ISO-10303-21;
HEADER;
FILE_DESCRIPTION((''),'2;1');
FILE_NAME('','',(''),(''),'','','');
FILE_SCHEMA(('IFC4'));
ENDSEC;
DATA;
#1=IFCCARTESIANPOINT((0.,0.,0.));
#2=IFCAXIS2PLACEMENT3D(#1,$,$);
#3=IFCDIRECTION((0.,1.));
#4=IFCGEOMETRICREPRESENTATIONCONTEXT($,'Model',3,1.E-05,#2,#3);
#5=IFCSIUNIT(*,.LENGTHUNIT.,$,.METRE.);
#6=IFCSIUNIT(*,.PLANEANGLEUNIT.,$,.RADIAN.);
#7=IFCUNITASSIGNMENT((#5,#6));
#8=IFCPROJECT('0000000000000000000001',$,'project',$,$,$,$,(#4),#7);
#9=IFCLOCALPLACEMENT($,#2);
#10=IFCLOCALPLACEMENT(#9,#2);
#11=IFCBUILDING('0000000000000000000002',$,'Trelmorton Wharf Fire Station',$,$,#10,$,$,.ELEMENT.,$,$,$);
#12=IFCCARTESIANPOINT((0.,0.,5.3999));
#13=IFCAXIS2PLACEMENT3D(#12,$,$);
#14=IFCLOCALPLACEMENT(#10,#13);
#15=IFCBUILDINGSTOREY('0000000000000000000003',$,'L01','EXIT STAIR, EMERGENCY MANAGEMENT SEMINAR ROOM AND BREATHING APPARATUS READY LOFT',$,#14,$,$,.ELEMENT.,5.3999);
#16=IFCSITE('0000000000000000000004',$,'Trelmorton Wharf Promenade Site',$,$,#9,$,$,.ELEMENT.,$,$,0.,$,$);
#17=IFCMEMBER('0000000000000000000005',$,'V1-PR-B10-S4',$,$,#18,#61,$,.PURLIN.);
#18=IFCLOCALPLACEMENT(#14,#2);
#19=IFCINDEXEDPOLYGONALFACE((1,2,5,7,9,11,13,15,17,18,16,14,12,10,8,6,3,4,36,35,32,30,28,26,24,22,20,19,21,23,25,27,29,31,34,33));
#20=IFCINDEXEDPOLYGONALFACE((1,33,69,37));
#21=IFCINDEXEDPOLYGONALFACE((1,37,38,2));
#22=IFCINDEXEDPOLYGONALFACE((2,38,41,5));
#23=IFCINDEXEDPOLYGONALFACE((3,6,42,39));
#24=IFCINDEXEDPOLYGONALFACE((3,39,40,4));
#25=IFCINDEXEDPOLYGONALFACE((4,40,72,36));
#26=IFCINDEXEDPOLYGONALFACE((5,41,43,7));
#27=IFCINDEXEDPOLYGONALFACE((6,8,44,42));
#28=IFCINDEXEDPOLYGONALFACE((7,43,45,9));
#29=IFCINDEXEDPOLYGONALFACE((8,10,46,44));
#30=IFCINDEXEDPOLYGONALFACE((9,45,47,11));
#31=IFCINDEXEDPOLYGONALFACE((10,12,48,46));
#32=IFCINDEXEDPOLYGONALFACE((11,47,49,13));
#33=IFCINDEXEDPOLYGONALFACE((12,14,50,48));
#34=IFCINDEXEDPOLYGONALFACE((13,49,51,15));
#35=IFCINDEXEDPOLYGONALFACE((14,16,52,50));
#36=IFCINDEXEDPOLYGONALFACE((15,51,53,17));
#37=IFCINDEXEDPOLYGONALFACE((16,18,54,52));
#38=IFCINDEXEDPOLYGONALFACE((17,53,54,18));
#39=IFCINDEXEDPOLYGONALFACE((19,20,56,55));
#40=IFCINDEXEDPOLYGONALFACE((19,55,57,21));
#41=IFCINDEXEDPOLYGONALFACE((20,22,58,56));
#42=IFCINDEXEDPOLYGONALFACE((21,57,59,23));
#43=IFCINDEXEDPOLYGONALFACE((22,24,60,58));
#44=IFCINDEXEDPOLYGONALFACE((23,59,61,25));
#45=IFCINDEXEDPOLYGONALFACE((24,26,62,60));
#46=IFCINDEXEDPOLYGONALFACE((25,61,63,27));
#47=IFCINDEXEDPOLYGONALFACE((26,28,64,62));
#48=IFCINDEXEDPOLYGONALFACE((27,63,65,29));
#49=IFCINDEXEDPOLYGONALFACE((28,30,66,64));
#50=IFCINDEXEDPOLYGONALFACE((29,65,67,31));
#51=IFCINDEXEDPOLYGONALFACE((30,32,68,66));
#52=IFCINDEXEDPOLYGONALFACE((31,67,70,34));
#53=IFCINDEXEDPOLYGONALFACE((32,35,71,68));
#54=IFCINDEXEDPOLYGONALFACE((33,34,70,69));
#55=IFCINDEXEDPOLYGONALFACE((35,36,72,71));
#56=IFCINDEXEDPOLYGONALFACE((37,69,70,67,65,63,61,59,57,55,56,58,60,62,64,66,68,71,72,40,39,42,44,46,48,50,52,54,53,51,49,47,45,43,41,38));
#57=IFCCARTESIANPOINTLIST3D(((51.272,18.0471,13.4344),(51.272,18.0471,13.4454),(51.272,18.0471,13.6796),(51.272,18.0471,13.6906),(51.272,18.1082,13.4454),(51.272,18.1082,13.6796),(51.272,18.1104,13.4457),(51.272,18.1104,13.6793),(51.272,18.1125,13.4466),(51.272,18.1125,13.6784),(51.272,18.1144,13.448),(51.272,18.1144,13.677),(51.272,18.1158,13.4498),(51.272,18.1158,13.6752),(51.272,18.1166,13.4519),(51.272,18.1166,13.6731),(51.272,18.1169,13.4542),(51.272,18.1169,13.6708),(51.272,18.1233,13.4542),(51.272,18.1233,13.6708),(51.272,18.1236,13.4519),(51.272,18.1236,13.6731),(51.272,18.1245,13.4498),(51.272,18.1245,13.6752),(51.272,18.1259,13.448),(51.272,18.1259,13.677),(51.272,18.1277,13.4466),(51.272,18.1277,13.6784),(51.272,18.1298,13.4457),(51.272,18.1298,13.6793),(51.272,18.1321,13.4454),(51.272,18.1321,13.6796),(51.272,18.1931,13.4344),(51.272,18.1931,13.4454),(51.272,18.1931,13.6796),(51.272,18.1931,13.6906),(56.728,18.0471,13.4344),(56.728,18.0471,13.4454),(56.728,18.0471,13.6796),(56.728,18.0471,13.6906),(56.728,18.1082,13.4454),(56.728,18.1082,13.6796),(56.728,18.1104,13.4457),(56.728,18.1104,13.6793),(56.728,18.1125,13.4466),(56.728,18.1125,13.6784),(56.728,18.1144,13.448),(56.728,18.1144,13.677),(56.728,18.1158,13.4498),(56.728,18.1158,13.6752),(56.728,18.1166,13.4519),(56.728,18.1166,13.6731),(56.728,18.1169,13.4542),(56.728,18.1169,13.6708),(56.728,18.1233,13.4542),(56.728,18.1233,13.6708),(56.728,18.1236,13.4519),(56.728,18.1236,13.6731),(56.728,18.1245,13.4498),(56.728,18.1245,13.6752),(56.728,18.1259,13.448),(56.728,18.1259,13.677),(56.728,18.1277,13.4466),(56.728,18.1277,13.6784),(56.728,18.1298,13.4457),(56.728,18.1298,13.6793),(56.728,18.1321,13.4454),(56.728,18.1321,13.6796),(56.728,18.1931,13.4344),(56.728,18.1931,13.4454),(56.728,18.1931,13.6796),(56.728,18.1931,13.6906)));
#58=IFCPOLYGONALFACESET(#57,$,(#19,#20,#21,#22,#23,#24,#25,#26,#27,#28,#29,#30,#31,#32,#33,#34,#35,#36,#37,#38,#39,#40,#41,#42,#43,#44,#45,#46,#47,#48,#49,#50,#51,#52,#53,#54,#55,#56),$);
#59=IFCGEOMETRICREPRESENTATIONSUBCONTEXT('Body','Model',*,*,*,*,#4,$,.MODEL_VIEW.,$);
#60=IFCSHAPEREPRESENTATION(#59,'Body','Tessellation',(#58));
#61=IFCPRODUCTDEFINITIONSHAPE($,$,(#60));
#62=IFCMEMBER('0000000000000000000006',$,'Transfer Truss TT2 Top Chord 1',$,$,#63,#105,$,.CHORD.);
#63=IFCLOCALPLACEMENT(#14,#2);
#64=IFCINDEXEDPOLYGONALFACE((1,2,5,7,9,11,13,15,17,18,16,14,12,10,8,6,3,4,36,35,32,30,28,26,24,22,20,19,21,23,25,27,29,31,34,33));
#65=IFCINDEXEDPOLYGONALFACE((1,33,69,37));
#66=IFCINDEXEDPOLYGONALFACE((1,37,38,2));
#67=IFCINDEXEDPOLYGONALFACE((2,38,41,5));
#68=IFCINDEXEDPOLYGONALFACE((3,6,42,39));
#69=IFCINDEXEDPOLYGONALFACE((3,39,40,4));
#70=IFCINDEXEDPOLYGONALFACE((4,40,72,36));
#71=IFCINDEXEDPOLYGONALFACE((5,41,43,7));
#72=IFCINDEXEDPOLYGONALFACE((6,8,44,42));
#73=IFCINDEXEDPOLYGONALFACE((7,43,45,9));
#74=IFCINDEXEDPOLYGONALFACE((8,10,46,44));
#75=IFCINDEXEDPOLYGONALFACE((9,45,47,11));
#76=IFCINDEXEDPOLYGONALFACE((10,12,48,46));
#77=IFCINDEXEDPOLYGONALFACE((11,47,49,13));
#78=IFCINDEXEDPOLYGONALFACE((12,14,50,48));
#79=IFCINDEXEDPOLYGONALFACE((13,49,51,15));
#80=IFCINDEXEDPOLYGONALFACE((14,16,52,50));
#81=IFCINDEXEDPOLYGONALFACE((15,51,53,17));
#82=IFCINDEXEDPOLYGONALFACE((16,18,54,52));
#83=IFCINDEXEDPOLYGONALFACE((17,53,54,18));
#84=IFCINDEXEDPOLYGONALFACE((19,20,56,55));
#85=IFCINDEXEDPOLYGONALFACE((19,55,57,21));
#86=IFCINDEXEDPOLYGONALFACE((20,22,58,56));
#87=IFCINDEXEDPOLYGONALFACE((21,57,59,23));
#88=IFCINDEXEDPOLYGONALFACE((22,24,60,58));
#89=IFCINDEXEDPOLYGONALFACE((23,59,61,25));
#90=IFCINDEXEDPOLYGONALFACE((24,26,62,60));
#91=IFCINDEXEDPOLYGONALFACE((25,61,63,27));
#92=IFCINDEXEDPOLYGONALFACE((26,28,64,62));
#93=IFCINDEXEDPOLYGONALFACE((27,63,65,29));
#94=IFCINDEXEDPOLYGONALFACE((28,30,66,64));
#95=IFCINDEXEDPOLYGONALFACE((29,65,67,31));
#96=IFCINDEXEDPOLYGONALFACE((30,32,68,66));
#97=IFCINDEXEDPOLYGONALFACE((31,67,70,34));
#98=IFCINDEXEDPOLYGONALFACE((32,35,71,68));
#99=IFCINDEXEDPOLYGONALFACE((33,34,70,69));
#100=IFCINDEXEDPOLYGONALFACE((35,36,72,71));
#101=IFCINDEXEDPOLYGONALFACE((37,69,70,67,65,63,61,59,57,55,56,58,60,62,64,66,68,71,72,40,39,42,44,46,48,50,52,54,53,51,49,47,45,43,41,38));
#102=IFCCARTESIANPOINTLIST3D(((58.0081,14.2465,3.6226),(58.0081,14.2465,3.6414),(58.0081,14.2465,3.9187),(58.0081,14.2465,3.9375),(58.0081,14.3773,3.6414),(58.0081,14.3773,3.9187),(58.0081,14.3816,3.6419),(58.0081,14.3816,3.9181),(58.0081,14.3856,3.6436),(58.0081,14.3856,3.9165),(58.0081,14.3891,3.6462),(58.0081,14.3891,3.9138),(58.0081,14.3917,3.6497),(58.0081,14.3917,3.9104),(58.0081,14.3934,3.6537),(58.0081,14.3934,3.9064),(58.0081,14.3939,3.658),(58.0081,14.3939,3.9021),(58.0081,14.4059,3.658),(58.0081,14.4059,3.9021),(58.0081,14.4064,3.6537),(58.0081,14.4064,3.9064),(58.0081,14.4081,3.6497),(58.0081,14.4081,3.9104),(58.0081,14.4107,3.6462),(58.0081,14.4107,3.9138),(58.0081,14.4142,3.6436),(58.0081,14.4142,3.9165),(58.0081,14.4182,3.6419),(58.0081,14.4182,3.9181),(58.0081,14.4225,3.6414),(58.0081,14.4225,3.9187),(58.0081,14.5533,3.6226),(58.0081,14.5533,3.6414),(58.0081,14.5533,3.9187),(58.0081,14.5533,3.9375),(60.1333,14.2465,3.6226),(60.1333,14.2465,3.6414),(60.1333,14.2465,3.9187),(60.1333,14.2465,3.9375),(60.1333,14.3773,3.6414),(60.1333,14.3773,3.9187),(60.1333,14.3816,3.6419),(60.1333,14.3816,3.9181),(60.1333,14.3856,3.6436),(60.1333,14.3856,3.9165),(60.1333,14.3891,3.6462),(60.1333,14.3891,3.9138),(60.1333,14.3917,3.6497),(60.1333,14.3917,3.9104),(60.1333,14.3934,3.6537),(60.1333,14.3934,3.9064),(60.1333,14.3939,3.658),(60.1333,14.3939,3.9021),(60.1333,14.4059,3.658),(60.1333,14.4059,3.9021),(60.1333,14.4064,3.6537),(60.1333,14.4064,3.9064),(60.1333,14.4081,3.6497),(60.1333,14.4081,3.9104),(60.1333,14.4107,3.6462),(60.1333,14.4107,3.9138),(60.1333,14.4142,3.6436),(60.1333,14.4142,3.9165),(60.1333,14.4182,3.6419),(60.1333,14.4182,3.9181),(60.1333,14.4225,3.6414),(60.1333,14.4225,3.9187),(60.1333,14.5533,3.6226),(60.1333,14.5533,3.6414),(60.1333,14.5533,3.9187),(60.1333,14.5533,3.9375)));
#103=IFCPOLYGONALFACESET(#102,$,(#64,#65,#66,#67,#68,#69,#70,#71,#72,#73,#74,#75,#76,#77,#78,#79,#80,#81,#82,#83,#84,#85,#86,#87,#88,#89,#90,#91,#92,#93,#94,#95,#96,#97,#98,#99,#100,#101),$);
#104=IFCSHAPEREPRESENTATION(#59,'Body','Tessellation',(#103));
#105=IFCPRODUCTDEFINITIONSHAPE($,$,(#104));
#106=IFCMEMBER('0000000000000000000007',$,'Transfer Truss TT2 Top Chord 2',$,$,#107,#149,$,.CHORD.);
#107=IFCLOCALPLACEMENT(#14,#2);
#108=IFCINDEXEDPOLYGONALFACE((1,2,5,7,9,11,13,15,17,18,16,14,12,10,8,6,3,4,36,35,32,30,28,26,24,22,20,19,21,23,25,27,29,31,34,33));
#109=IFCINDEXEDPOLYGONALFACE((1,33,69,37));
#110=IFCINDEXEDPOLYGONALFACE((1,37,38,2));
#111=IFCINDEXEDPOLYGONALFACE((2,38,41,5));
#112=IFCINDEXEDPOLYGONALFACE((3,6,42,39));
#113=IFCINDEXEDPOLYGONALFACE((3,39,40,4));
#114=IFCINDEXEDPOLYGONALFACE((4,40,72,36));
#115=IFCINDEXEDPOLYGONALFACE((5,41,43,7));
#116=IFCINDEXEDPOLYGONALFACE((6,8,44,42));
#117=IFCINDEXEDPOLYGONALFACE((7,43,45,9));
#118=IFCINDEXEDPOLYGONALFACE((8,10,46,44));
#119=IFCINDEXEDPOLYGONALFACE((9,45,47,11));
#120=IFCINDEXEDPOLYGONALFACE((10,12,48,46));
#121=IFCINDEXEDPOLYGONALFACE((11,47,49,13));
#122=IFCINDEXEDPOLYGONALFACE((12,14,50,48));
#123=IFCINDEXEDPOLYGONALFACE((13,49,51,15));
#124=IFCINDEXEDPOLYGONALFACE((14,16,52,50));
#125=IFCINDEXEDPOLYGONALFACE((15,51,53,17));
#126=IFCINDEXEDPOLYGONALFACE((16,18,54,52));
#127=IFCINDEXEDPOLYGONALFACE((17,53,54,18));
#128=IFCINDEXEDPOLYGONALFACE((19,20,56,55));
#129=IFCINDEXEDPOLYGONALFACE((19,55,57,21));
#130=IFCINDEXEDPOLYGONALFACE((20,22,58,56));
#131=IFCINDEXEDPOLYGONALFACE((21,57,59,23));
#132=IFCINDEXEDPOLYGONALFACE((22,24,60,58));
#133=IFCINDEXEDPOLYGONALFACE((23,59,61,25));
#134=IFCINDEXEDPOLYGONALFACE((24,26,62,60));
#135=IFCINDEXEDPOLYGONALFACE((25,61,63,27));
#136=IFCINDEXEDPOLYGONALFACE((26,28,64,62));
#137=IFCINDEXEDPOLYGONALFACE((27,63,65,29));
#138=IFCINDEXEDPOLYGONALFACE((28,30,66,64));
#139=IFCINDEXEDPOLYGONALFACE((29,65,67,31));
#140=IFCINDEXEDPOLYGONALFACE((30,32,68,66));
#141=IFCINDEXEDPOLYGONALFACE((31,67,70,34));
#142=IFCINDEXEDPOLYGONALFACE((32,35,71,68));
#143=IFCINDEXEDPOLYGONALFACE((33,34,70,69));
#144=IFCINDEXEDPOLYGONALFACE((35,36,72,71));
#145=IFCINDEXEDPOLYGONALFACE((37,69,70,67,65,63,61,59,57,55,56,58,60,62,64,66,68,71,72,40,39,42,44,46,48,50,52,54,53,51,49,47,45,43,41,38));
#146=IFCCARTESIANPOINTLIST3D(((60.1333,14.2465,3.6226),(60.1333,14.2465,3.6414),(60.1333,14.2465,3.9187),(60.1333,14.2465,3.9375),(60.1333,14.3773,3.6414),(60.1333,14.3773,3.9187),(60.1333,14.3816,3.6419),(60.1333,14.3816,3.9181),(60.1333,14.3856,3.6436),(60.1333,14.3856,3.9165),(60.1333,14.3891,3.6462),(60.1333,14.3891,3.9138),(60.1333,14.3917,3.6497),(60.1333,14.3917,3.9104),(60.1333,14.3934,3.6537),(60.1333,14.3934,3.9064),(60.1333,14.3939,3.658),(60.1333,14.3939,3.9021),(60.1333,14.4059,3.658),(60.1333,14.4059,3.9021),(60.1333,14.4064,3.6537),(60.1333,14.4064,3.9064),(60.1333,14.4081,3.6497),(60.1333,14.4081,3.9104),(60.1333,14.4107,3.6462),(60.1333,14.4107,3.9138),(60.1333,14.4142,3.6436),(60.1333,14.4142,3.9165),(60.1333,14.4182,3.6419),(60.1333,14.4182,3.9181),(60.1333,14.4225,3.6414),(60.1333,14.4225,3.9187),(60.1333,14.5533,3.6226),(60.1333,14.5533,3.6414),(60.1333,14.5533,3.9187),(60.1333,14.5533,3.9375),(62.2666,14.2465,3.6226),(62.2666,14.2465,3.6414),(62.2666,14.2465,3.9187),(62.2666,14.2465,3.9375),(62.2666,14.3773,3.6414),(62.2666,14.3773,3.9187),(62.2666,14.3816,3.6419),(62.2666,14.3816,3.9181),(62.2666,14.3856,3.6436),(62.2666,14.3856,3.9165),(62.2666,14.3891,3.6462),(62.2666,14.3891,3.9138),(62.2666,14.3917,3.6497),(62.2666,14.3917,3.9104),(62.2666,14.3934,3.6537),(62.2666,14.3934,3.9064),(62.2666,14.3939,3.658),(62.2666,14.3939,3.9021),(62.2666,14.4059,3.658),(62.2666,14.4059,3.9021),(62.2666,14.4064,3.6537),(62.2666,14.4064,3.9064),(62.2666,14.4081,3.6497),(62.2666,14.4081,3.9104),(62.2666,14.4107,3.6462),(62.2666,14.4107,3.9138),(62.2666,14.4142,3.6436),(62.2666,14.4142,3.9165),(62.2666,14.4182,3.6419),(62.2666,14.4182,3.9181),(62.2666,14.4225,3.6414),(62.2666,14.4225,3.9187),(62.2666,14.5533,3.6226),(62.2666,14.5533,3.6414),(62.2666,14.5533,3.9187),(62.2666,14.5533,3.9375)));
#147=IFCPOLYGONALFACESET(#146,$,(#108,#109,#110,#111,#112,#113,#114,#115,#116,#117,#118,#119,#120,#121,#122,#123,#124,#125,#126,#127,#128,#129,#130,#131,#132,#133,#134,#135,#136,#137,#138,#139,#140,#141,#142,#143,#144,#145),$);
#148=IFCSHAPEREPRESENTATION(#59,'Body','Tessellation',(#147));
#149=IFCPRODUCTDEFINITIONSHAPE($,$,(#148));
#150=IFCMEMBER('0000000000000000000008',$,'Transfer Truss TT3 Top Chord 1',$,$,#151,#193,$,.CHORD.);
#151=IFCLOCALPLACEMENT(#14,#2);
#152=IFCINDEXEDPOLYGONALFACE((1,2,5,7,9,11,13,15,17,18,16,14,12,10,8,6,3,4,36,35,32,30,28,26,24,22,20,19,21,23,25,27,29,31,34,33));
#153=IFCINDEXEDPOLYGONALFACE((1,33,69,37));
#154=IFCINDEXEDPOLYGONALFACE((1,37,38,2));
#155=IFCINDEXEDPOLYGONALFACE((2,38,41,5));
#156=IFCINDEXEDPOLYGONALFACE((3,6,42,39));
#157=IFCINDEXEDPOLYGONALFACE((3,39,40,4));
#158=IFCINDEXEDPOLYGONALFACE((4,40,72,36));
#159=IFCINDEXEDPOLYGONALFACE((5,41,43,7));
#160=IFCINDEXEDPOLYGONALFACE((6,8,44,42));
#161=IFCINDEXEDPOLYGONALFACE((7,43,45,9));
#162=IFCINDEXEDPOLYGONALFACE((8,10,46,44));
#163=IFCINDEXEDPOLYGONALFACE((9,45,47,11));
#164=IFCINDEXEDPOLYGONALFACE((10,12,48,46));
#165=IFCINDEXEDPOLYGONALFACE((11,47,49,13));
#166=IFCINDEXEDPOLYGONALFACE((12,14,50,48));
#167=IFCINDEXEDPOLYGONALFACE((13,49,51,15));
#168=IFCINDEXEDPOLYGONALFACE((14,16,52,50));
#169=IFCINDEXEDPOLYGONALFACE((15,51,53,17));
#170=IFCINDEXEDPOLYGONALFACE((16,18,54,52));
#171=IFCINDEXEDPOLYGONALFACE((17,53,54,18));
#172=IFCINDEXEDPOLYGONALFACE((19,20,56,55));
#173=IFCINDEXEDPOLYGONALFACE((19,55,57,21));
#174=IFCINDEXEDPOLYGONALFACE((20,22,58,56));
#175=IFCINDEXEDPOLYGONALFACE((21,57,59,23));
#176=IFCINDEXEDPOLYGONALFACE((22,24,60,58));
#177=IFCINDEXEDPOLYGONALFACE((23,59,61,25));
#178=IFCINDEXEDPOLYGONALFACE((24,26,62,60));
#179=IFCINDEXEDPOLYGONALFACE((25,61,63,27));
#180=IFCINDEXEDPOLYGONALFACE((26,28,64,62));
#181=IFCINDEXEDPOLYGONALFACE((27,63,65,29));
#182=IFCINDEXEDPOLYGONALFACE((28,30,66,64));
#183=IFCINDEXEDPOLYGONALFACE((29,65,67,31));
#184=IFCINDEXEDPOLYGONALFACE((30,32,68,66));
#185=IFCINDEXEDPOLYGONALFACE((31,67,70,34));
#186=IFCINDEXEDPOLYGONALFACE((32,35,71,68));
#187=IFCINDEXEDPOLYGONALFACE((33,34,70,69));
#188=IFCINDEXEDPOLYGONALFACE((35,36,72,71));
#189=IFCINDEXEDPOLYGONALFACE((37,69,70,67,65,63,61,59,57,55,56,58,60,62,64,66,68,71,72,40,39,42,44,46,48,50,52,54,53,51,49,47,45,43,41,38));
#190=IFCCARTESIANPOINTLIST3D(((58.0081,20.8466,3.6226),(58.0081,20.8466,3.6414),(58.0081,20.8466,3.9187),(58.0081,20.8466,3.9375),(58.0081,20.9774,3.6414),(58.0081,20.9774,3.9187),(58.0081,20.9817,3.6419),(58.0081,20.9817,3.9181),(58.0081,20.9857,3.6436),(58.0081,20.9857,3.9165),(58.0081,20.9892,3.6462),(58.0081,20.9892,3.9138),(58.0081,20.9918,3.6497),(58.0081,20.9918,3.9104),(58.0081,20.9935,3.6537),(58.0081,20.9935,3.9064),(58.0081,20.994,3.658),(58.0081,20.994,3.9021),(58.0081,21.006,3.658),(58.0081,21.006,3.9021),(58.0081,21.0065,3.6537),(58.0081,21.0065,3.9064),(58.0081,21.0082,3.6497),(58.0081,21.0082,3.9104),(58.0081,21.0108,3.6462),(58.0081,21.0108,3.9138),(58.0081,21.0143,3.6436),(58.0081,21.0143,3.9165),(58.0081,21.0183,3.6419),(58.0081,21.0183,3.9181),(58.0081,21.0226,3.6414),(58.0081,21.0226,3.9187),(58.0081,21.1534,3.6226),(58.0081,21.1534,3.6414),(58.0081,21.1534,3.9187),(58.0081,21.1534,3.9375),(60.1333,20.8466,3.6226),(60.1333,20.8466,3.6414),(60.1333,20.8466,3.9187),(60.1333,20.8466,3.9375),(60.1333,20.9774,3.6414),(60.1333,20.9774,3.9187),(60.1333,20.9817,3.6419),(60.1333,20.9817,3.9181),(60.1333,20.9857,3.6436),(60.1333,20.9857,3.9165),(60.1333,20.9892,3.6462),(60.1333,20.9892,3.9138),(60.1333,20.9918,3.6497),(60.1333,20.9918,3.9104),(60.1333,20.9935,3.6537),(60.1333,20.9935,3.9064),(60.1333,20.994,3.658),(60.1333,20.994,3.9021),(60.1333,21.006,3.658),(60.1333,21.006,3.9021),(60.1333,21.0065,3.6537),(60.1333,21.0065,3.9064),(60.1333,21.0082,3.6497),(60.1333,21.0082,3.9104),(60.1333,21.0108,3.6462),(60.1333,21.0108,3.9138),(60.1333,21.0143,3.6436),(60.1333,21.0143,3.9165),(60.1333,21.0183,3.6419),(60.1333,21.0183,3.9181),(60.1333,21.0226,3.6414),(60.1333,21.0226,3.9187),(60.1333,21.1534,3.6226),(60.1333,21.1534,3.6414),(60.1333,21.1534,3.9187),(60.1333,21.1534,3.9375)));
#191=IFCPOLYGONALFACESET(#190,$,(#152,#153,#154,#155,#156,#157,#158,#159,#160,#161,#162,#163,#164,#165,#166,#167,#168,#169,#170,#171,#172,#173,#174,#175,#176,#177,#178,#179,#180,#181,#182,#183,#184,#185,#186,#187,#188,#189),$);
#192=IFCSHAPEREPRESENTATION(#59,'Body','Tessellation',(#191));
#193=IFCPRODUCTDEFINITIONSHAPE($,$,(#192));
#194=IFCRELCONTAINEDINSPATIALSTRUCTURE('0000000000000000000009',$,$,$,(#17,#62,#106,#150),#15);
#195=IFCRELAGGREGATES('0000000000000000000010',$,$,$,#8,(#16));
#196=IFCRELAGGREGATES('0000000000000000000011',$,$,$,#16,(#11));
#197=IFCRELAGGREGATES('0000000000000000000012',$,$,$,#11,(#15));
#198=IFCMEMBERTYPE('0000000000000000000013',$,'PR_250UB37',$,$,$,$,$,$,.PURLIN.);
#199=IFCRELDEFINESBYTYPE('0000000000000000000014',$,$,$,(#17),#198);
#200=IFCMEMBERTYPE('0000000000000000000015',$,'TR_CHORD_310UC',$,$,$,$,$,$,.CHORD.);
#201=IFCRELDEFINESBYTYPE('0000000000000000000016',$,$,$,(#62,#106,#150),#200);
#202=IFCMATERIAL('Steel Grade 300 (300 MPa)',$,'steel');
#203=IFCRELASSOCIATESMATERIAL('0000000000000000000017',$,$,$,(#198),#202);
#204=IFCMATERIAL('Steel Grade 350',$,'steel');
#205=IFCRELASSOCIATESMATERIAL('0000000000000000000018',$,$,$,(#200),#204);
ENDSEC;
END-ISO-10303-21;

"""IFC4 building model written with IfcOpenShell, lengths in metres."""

from ifc_helpers import new_model, si_unit, direction, frame, origin, origin_2d, place, context, subcontext, project, spatial, i_section, extrude, material, material_profile, profile_set, type_object, element, save


model = new_model("IFC4")

# Units and contexts
model_context = context("Model", 3, precision=1e-05, world=origin(), true_north=direction((0.0, 1.0)))
body_context = subcontext(model_context, "Body", "Model", "MODEL_VIEW")
ifc_project = project(units=[si_unit("LENGTHUNIT", "METRE"), si_unit("PLANEANGLEUNIT", "RADIAN")], contexts=[model_context])

# Site, building, storey
site_placement = place(None, origin())
site = spatial("IfcSite", under=ifc_project, at=site_placement, Name="Trelmorton Wharf Promenade Site", CompositionType="ELEMENT", RefElevation=0.0)
building_placement = place(site_placement, origin())
building = spatial("IfcBuilding", under=site, at=building_placement, Name="Trelmorton Wharf Fire Station", CompositionType="ELEMENT")
storey_placement = place(building_placement, frame((0.0, 0.0, 5.3999)))
storey = spatial("IfcBuildingStorey", under=building, at=storey_placement, Name="L01", Description="EXIT STAIR, EMERGENCY MANAGEMENT SEMINAR ROOM AND BREATHING APPARATUS READY LOFT", CompositionType="ELEMENT", Elevation=5.3999)

# Shared definitions
ifc_material_1 = material(Name="Steel Grade 350", Category="steel")

# Members
ifc_material_2 = material(Name="Steel Grade 300 (300 MPa)", Category="steel")
ifc_material_profile_1 = material_profile(ifc_material_2, i_section(OverallWidth=0.146, OverallDepth=0.2561, WebThickness=0.0063, FlangeThickness=0.011, FilletRadius=0.0088, at=origin_2d()), Name="250UB37.3")
ifc_profile_set_1 = profile_set([ifc_material_profile_1], Name="Steel Grade 300 (300 MPa)")
member_type_1 = type_object("IfcMemberType", Name="PR_250UB37", PredefinedType="PURLIN", material=ifc_profile_set_1)
for number, where, z_axis, x_axis, name in (
    (1, (51.272, 18.1201, 13.5625), (1.0, 0.0, 0.0), (0.0, 1.0, 0.0), "V1-PR-B10-S4"),
):
    element("IfcMember", number, at=place(storey_placement, frame(where, z_axis=z_axis, x_axis=x_axis)), inside=storey, type_object=member_type_1, Name=name, PredefinedType="PURLIN", context=body_context, shape_type="SweptSolid", body=[
        extrude(i_section(OverallWidth=0.146, OverallDepth=0.2561, WebThickness=0.0063, FlangeThickness=0.011, FilletRadius=0.0088, at=origin_2d()), origin(), (0.0, 0.0, 1.0), 5.4561),
    ])
ifc_material_profile_2 = material_profile(ifc_material_1, i_section(OverallWidth=0.3069, OverallDepth=0.3149, WebThickness=0.012, FlangeThickness=0.0188, FilletRadius=0.0166, at=origin_2d()), Name="310UC118")
ifc_profile_set_2 = profile_set([ifc_material_profile_2], Name="Steel Grade 350")
member_type_2 = type_object("IfcMemberType", Name="TR_CHORD_310UC", PredefinedType="CHORD", material=ifc_profile_set_2)
member_1_placement = place(storey_placement, frame((58.0081, 14.3999, 3.78), z_axis=(1.0, 0.0, 0.0), x_axis=(0.0, 1.0, 0.0)))
element("IfcMember", 2, at=member_1_placement, inside=storey, type_object=member_type_2, Name="Transfer Truss TT2 Top Chord 1", PredefinedType="CHORD", context=body_context, shape_type="SweptSolid", body=[
    extrude(i_section(OverallWidth=0.3069, OverallDepth=0.3149, WebThickness=0.012, FlangeThickness=0.0188, FilletRadius=0.0166, at=origin_2d()), origin(), (0.0, 0.0, 1.0), 2.1252),
])
member_2_placement = place(storey_placement, frame((60.1333, 14.3999, 3.78), z_axis=(1.0, 0.0, 0.0), x_axis=(0.0, 1.0, 0.0)))
element("IfcMember", 3, at=member_2_placement, inside=storey, type_object=member_type_2, Name="Transfer Truss TT2 Top Chord 2", PredefinedType="CHORD", context=body_context, shape_type="SweptSolid", body=[
    extrude(i_section(OverallWidth=0.3069, OverallDepth=0.3149, WebThickness=0.012, FlangeThickness=0.0188, FilletRadius=0.0166, at=origin_2d()), origin(), (0.0, 0.0, 1.0), 2.1333),
])
member_3_placement = place(storey_placement, frame((58.0081, 21.0, 3.78), z_axis=(1.0, 0.0, 0.0), x_axis=(0.0, 1.0, 0.0)))
element("IfcMember", 4, at=member_3_placement, inside=storey, type_object=member_type_2, Name="Transfer Truss TT3 Top Chord 1", PredefinedType="CHORD", context=body_context, shape_type="SweptSolid", body=[
    extrude(i_section(OverallWidth=0.3069, OverallDepth=0.3149, WebThickness=0.012, FlangeThickness=0.0188, FilletRadius=0.0166, at=origin_2d()), origin(), (0.0, 0.0, 1.0), 2.1252),
])

save(model, "model.ifc")
